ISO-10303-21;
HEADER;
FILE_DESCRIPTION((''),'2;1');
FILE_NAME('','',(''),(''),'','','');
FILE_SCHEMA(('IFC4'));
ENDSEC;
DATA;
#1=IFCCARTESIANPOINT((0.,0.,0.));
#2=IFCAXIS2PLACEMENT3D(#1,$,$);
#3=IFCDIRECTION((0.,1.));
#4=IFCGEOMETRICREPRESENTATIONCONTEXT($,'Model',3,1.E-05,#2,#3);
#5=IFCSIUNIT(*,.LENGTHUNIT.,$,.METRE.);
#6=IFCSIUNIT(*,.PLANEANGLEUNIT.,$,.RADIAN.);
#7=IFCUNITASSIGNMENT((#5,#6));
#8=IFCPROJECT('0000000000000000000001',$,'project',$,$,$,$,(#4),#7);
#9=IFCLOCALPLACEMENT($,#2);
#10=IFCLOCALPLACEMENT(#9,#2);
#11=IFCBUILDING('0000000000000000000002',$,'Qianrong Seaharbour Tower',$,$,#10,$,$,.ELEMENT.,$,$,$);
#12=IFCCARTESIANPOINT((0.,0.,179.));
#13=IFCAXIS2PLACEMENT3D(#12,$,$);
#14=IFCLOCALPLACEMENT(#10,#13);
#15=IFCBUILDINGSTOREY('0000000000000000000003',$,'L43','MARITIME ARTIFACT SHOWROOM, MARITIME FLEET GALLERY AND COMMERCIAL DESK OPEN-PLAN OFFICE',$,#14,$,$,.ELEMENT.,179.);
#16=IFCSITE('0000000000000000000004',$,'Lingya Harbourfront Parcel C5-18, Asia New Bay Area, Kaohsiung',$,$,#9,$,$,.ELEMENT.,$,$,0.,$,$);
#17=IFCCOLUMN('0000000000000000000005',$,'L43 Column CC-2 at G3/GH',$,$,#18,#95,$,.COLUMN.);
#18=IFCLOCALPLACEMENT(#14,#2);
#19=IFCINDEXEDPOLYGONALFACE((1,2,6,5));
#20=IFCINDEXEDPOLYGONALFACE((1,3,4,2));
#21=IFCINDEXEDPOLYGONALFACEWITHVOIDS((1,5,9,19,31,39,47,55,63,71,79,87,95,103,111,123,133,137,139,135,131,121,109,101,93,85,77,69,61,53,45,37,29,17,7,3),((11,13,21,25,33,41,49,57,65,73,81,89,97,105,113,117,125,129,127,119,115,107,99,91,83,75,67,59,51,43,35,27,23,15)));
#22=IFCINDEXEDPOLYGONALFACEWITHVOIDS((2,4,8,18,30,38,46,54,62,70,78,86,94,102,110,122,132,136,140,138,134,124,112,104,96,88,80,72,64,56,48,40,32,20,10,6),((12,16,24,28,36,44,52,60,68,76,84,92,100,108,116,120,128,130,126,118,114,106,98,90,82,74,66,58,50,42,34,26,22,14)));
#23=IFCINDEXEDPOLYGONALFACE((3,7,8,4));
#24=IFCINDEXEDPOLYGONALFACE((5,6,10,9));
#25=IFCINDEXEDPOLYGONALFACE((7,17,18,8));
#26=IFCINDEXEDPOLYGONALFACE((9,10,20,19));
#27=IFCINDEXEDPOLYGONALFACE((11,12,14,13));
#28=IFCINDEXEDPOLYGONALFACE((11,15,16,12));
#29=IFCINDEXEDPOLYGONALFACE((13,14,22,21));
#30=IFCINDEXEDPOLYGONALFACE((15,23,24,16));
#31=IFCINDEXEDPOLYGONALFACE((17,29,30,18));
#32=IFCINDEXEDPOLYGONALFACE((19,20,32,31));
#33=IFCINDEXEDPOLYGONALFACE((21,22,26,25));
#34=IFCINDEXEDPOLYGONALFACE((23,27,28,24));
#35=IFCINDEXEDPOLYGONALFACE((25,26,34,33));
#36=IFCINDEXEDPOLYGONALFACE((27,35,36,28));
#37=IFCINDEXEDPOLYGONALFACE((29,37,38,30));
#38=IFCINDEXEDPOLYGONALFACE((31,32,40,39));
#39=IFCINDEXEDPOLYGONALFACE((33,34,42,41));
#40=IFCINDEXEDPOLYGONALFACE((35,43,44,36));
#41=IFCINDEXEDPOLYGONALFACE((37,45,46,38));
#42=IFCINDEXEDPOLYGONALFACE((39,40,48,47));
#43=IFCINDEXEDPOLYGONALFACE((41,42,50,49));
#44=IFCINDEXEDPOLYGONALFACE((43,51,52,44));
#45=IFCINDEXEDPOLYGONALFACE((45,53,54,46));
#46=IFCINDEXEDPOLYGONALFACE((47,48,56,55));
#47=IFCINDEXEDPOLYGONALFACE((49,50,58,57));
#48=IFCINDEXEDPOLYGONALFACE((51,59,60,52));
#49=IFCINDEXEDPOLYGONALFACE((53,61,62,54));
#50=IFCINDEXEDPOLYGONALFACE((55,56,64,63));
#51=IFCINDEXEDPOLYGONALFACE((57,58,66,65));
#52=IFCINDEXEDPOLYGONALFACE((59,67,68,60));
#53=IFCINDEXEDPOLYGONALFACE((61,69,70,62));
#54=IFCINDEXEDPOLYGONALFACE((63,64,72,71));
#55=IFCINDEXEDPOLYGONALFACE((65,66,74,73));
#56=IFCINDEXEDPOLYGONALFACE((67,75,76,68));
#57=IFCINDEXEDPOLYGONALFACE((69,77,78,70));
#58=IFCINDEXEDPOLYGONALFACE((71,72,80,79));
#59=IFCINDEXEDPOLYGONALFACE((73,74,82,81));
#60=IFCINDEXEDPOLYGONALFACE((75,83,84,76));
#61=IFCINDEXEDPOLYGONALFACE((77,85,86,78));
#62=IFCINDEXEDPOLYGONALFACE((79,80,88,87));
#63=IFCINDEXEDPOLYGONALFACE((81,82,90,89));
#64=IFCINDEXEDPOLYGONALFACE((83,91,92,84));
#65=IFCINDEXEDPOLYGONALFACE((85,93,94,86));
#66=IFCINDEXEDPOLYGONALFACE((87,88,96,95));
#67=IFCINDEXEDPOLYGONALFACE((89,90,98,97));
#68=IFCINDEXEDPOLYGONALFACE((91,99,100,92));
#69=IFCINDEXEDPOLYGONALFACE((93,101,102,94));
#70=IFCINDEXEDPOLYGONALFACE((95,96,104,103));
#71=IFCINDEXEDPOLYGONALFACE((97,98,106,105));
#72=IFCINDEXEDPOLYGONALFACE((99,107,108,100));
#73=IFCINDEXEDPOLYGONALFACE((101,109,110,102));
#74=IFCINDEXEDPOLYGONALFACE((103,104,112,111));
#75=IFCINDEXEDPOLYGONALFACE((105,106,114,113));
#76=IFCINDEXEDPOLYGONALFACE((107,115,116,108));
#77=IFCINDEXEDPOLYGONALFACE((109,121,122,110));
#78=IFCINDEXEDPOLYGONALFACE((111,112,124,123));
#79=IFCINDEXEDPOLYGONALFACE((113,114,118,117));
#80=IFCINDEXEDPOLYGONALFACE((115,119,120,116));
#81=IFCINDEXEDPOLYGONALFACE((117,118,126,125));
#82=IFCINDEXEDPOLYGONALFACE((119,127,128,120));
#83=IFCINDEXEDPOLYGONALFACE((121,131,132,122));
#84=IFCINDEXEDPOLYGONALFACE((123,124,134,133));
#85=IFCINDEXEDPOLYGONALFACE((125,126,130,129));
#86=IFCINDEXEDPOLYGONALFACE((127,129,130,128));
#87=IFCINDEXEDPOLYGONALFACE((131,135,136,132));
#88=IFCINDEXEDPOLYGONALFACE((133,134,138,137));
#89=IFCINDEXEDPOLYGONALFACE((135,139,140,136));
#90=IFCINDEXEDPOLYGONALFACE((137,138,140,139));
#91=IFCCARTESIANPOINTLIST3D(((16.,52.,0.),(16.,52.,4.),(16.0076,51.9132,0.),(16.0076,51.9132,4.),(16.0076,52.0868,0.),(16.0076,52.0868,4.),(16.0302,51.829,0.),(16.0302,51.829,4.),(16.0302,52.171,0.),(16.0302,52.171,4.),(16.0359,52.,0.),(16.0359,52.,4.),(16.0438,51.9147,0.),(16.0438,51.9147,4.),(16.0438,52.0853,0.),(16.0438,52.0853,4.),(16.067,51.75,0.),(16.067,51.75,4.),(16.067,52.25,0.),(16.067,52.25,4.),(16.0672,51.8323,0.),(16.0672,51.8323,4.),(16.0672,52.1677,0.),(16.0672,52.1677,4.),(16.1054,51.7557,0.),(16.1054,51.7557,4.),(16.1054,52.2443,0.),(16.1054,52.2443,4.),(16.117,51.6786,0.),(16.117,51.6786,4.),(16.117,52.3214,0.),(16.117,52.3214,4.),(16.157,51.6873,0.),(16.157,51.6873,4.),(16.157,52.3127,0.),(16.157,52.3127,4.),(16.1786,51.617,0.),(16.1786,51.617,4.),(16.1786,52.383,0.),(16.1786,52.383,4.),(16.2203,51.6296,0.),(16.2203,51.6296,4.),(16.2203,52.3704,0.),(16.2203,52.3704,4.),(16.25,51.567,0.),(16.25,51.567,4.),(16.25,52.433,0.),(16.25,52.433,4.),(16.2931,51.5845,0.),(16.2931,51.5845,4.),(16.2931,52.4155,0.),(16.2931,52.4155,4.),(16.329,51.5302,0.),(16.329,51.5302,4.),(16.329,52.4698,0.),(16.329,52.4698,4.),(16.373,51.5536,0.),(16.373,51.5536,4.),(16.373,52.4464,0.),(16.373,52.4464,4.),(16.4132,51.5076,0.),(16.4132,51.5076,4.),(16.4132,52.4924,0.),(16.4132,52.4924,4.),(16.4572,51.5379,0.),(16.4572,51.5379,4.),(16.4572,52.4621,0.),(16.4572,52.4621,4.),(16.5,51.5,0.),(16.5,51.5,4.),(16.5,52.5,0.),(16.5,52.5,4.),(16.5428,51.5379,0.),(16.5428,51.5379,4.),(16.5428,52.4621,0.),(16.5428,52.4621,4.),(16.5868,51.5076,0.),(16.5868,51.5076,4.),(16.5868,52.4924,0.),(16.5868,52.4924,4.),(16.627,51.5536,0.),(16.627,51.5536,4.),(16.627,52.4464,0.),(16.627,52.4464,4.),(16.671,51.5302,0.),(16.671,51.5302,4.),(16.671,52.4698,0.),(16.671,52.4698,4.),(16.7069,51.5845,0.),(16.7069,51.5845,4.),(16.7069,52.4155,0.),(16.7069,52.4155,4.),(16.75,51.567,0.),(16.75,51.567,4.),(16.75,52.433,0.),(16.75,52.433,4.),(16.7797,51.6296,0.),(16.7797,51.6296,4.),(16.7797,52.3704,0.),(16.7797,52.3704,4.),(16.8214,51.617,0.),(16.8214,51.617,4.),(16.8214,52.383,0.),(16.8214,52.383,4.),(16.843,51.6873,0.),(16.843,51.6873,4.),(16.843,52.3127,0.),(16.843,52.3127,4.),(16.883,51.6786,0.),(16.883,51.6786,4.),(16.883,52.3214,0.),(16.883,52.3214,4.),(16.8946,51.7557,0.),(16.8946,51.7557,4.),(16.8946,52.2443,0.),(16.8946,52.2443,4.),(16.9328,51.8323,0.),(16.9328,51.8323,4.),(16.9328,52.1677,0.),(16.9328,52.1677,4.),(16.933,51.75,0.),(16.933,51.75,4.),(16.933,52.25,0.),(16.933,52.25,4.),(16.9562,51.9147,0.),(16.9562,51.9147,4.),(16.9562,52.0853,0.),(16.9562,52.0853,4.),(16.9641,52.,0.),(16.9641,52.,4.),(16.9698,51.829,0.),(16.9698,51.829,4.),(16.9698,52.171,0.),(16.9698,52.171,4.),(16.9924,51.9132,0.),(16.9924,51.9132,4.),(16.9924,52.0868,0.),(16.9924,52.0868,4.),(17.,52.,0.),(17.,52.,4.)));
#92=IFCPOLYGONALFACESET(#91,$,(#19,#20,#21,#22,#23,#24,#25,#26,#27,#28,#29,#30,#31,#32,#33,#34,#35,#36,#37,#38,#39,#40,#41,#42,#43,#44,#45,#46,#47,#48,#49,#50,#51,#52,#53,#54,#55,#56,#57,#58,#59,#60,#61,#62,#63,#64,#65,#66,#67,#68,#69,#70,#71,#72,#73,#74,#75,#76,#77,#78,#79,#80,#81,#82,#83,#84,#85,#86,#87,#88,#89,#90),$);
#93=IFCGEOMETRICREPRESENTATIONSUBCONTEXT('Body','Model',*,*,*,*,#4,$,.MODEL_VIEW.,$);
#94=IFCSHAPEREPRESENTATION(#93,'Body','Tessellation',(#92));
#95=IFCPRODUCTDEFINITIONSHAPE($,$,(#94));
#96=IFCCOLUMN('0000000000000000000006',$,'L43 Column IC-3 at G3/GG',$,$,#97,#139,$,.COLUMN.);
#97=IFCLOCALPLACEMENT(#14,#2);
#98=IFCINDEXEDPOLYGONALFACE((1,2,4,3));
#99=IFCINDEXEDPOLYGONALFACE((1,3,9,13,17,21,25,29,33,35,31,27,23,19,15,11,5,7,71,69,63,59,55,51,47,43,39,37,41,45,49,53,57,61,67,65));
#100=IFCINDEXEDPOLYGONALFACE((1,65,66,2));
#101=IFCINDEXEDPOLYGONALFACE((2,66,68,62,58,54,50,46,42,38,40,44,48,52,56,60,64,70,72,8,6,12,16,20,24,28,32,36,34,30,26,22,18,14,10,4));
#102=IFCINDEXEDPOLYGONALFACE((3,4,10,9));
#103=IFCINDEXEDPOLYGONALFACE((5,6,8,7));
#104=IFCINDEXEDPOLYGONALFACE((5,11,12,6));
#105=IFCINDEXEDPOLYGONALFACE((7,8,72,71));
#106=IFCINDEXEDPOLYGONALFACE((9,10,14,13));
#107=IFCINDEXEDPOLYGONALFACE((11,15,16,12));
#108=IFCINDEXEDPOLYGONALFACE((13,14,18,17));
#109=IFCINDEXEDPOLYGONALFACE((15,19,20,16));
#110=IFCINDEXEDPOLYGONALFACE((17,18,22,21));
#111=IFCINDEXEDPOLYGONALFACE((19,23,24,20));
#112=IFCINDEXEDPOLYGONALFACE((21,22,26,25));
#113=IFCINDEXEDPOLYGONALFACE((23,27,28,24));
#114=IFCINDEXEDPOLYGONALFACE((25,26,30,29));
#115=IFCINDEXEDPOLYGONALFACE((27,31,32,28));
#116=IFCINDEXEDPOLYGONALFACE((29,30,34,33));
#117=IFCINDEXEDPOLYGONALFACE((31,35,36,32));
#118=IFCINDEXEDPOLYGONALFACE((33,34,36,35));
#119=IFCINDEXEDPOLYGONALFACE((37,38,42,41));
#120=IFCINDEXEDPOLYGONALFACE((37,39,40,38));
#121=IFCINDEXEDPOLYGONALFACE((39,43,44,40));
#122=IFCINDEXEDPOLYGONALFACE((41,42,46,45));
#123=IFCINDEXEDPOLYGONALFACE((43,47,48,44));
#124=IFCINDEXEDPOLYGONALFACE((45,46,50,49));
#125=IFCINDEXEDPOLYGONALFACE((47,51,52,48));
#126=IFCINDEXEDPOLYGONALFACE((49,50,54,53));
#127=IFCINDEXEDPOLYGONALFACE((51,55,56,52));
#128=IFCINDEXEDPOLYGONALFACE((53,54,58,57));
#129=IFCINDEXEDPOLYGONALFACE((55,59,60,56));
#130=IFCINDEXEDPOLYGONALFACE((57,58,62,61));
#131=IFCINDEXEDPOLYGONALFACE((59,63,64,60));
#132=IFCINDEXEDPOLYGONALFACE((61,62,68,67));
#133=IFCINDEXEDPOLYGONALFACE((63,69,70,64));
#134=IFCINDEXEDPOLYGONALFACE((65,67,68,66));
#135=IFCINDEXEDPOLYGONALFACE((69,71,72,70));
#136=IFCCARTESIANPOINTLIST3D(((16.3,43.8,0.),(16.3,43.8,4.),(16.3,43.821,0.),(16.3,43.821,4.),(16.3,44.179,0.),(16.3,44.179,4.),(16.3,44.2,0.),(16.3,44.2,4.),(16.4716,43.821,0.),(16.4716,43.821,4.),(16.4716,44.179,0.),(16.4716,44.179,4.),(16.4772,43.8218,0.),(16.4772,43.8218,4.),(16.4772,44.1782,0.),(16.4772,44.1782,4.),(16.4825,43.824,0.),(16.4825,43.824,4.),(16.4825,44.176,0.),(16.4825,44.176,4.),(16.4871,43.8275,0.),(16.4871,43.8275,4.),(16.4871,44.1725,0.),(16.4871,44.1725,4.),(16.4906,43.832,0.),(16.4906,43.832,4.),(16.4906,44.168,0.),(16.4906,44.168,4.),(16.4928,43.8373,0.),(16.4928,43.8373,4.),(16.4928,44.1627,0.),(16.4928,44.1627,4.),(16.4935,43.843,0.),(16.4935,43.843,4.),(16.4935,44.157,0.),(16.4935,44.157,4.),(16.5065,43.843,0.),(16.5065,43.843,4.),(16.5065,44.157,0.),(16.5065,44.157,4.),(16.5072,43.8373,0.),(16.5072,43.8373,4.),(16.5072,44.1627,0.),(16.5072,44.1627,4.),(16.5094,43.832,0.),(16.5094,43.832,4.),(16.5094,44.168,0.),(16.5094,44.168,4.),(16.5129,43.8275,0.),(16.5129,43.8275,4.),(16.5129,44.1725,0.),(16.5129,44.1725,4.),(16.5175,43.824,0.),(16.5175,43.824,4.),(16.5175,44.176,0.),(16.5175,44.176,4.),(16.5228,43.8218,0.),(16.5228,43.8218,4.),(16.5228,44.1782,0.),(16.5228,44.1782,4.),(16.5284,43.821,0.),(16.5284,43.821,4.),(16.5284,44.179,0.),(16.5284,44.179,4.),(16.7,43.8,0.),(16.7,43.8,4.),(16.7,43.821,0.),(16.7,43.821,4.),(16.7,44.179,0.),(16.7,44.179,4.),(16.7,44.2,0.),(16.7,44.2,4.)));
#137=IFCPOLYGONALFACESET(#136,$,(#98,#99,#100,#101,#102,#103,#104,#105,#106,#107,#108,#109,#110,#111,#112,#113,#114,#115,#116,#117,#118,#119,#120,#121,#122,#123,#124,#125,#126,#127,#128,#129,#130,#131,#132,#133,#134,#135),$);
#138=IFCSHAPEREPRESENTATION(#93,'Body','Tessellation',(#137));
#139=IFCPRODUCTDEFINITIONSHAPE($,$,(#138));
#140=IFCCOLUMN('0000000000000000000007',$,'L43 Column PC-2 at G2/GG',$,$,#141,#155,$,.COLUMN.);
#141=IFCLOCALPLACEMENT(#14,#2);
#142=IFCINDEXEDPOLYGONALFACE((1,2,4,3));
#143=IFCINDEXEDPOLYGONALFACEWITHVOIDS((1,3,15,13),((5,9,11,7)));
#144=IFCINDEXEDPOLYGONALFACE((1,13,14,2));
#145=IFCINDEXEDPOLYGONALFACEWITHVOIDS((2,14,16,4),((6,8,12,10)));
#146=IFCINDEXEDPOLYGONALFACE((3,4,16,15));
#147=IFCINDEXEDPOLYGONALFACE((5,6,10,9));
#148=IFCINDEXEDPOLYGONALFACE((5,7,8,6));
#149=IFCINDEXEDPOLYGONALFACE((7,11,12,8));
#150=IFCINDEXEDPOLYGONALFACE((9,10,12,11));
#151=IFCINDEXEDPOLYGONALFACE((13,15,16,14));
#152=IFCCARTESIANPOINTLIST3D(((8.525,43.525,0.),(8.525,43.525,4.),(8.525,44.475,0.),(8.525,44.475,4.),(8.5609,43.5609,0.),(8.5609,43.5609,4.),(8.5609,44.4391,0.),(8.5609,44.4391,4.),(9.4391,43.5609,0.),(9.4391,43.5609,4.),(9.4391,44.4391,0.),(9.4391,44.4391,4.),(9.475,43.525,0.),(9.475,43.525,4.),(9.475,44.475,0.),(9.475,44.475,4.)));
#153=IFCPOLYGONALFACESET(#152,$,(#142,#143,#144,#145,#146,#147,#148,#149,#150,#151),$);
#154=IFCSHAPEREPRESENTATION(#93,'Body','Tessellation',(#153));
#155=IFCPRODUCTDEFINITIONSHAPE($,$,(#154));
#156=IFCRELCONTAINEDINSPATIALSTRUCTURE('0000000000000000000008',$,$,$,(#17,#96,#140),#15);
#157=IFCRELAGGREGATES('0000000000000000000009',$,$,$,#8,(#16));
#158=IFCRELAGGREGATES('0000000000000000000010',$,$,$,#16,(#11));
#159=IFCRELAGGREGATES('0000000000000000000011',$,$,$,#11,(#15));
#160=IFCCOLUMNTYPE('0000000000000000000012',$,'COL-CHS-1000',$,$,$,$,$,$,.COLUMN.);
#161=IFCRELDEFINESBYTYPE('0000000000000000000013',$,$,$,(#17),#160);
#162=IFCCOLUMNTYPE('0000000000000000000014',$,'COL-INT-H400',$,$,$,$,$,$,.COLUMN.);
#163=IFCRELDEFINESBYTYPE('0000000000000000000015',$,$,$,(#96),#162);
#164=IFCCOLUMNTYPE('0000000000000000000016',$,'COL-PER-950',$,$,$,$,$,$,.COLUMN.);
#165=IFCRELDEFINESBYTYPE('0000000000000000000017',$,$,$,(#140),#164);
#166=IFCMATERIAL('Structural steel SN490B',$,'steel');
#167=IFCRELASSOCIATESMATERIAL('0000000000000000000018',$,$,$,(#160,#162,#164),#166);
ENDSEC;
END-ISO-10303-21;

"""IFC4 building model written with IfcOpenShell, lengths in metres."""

from ifc_helpers import new_model, si_unit, direction, frame, origin, origin_2d, place, context, subcontext, project, spatial, hollow_rectangle, hollow_circle, i_section, extrude, material, material_profile, profile_set, type_object, element, save


model = new_model("IFC4")

# Units and contexts
model_context = context("Model", 3, precision=1e-05, world=origin(), true_north=direction((0.0, 1.0)))
body_context = subcontext(model_context, "Body", "Model", "MODEL_VIEW")
ifc_project = project(units=[si_unit("LENGTHUNIT", "METRE"), si_unit("PLANEANGLEUNIT", "RADIAN")], contexts=[model_context])

# Site, building, storey
site_placement = place(None, origin())
site = spatial("IfcSite", under=ifc_project, at=site_placement, Name="Lingya Harbourfront Parcel C5-18, Asia New Bay Area, Kaohsiung", CompositionType="ELEMENT", RefElevation=0.0)
building_placement = place(site_placement, origin())
building = spatial("IfcBuilding", under=site, at=building_placement, Name="Qianrong Seaharbour Tower", CompositionType="ELEMENT")
storey_placement = place(building_placement, frame((0.0, 0.0, 179.0)))
storey = spatial("IfcBuildingStorey", under=building, at=storey_placement, Name="L43", Description="MARITIME ARTIFACT SHOWROOM, MARITIME FLEET GALLERY AND COMMERCIAL DESK OPEN-PLAN OFFICE", CompositionType="ELEMENT", Elevation=179.0)

# Columns
ifc_material_1 = material(Name="Structural steel SN490B", Category="steel")
ifc_material_profile_1 = material_profile(ifc_material_1, hollow_circle(Radius=0.5, WallThickness=0.0359, at=origin_2d()), Name="CHS1000x36")
ifc_profile_set_1 = profile_set([ifc_material_profile_1], Name="Structural steel SN490B")
column_type_1 = type_object("IfcColumnType", Name="COL-CHS-1000", PredefinedType="COLUMN", material=ifc_profile_set_1)
column_1_placement = place(storey_placement, frame((16.5, 52.0, 0.0), z_axis=(0.0, 0.0, 1.0), x_axis=(1.0, 0.0, 0.0)))
element("IfcColumn", 1, at=column_1_placement, inside=storey, type_object=column_type_1, Name="L43 Column CC-2 at G3/GH", PredefinedType="COLUMN", context=body_context, shape_type="SweptSolid", body=[
    extrude(hollow_circle(Radius=0.5, WallThickness=0.0359, at=origin_2d()), origin(), (0.0, 0.0, 1.0), 4.0),
])
ifc_material_profile_2 = material_profile(ifc_material_1, i_section(OverallWidth=0.3999, OverallDepth=0.3999, WebThickness=0.0129, FlangeThickness=0.021, FilletRadius=0.022, at=origin_2d()), Name="H400x400x13x21")
ifc_profile_set_2 = profile_set([ifc_material_profile_2], Name="Structural steel SN490B")
column_type_2 = type_object("IfcColumnType", Name="COL-INT-H400", PredefinedType="COLUMN", material=ifc_profile_set_2)
column_2_placement = place(storey_placement, frame((16.5, 44.0, 0.0), z_axis=(0.0, 0.0, 1.0), x_axis=(1.0, 0.0, 0.0)))
element("IfcColumn", 2, at=column_2_placement, inside=storey, type_object=column_type_2, Name="L43 Column IC-3 at G3/GG", PredefinedType="COLUMN", context=body_context, shape_type="SweptSolid", body=[
    extrude(i_section(OverallWidth=0.3999, OverallDepth=0.3999, WebThickness=0.0129, FlangeThickness=0.021, FilletRadius=0.022, at=origin_2d()), origin(), (0.0, 0.0, 1.0), 4.0),
])
ifc_material_profile_3 = material_profile(ifc_material_1, hollow_rectangle(XDim=0.95, YDim=0.95, WallThickness=0.0359, at=origin_2d()), Name="BOX950x950x36")
ifc_profile_set_3 = profile_set([ifc_material_profile_3], Name="Structural steel SN490B")
column_type_3 = type_object("IfcColumnType", Name="COL-PER-950", PredefinedType="COLUMN", material=ifc_profile_set_3)
column_3_placement = place(storey_placement, frame((9.0, 44.0, 0.0), z_axis=(0.0, 0.0, 1.0), x_axis=(1.0, 0.0, 0.0)))
element("IfcColumn", 3, at=column_3_placement, inside=storey, type_object=column_type_3, Name="L43 Column PC-2 at G2/GG", PredefinedType="COLUMN", context=body_context, shape_type="SweptSolid", body=[
    extrude(hollow_rectangle(XDim=0.95, YDim=0.95, WallThickness=0.0359, at=origin_2d()), origin(), (0.0, 0.0, 1.0), 4.0),
])

save(model, "model.ifc")
